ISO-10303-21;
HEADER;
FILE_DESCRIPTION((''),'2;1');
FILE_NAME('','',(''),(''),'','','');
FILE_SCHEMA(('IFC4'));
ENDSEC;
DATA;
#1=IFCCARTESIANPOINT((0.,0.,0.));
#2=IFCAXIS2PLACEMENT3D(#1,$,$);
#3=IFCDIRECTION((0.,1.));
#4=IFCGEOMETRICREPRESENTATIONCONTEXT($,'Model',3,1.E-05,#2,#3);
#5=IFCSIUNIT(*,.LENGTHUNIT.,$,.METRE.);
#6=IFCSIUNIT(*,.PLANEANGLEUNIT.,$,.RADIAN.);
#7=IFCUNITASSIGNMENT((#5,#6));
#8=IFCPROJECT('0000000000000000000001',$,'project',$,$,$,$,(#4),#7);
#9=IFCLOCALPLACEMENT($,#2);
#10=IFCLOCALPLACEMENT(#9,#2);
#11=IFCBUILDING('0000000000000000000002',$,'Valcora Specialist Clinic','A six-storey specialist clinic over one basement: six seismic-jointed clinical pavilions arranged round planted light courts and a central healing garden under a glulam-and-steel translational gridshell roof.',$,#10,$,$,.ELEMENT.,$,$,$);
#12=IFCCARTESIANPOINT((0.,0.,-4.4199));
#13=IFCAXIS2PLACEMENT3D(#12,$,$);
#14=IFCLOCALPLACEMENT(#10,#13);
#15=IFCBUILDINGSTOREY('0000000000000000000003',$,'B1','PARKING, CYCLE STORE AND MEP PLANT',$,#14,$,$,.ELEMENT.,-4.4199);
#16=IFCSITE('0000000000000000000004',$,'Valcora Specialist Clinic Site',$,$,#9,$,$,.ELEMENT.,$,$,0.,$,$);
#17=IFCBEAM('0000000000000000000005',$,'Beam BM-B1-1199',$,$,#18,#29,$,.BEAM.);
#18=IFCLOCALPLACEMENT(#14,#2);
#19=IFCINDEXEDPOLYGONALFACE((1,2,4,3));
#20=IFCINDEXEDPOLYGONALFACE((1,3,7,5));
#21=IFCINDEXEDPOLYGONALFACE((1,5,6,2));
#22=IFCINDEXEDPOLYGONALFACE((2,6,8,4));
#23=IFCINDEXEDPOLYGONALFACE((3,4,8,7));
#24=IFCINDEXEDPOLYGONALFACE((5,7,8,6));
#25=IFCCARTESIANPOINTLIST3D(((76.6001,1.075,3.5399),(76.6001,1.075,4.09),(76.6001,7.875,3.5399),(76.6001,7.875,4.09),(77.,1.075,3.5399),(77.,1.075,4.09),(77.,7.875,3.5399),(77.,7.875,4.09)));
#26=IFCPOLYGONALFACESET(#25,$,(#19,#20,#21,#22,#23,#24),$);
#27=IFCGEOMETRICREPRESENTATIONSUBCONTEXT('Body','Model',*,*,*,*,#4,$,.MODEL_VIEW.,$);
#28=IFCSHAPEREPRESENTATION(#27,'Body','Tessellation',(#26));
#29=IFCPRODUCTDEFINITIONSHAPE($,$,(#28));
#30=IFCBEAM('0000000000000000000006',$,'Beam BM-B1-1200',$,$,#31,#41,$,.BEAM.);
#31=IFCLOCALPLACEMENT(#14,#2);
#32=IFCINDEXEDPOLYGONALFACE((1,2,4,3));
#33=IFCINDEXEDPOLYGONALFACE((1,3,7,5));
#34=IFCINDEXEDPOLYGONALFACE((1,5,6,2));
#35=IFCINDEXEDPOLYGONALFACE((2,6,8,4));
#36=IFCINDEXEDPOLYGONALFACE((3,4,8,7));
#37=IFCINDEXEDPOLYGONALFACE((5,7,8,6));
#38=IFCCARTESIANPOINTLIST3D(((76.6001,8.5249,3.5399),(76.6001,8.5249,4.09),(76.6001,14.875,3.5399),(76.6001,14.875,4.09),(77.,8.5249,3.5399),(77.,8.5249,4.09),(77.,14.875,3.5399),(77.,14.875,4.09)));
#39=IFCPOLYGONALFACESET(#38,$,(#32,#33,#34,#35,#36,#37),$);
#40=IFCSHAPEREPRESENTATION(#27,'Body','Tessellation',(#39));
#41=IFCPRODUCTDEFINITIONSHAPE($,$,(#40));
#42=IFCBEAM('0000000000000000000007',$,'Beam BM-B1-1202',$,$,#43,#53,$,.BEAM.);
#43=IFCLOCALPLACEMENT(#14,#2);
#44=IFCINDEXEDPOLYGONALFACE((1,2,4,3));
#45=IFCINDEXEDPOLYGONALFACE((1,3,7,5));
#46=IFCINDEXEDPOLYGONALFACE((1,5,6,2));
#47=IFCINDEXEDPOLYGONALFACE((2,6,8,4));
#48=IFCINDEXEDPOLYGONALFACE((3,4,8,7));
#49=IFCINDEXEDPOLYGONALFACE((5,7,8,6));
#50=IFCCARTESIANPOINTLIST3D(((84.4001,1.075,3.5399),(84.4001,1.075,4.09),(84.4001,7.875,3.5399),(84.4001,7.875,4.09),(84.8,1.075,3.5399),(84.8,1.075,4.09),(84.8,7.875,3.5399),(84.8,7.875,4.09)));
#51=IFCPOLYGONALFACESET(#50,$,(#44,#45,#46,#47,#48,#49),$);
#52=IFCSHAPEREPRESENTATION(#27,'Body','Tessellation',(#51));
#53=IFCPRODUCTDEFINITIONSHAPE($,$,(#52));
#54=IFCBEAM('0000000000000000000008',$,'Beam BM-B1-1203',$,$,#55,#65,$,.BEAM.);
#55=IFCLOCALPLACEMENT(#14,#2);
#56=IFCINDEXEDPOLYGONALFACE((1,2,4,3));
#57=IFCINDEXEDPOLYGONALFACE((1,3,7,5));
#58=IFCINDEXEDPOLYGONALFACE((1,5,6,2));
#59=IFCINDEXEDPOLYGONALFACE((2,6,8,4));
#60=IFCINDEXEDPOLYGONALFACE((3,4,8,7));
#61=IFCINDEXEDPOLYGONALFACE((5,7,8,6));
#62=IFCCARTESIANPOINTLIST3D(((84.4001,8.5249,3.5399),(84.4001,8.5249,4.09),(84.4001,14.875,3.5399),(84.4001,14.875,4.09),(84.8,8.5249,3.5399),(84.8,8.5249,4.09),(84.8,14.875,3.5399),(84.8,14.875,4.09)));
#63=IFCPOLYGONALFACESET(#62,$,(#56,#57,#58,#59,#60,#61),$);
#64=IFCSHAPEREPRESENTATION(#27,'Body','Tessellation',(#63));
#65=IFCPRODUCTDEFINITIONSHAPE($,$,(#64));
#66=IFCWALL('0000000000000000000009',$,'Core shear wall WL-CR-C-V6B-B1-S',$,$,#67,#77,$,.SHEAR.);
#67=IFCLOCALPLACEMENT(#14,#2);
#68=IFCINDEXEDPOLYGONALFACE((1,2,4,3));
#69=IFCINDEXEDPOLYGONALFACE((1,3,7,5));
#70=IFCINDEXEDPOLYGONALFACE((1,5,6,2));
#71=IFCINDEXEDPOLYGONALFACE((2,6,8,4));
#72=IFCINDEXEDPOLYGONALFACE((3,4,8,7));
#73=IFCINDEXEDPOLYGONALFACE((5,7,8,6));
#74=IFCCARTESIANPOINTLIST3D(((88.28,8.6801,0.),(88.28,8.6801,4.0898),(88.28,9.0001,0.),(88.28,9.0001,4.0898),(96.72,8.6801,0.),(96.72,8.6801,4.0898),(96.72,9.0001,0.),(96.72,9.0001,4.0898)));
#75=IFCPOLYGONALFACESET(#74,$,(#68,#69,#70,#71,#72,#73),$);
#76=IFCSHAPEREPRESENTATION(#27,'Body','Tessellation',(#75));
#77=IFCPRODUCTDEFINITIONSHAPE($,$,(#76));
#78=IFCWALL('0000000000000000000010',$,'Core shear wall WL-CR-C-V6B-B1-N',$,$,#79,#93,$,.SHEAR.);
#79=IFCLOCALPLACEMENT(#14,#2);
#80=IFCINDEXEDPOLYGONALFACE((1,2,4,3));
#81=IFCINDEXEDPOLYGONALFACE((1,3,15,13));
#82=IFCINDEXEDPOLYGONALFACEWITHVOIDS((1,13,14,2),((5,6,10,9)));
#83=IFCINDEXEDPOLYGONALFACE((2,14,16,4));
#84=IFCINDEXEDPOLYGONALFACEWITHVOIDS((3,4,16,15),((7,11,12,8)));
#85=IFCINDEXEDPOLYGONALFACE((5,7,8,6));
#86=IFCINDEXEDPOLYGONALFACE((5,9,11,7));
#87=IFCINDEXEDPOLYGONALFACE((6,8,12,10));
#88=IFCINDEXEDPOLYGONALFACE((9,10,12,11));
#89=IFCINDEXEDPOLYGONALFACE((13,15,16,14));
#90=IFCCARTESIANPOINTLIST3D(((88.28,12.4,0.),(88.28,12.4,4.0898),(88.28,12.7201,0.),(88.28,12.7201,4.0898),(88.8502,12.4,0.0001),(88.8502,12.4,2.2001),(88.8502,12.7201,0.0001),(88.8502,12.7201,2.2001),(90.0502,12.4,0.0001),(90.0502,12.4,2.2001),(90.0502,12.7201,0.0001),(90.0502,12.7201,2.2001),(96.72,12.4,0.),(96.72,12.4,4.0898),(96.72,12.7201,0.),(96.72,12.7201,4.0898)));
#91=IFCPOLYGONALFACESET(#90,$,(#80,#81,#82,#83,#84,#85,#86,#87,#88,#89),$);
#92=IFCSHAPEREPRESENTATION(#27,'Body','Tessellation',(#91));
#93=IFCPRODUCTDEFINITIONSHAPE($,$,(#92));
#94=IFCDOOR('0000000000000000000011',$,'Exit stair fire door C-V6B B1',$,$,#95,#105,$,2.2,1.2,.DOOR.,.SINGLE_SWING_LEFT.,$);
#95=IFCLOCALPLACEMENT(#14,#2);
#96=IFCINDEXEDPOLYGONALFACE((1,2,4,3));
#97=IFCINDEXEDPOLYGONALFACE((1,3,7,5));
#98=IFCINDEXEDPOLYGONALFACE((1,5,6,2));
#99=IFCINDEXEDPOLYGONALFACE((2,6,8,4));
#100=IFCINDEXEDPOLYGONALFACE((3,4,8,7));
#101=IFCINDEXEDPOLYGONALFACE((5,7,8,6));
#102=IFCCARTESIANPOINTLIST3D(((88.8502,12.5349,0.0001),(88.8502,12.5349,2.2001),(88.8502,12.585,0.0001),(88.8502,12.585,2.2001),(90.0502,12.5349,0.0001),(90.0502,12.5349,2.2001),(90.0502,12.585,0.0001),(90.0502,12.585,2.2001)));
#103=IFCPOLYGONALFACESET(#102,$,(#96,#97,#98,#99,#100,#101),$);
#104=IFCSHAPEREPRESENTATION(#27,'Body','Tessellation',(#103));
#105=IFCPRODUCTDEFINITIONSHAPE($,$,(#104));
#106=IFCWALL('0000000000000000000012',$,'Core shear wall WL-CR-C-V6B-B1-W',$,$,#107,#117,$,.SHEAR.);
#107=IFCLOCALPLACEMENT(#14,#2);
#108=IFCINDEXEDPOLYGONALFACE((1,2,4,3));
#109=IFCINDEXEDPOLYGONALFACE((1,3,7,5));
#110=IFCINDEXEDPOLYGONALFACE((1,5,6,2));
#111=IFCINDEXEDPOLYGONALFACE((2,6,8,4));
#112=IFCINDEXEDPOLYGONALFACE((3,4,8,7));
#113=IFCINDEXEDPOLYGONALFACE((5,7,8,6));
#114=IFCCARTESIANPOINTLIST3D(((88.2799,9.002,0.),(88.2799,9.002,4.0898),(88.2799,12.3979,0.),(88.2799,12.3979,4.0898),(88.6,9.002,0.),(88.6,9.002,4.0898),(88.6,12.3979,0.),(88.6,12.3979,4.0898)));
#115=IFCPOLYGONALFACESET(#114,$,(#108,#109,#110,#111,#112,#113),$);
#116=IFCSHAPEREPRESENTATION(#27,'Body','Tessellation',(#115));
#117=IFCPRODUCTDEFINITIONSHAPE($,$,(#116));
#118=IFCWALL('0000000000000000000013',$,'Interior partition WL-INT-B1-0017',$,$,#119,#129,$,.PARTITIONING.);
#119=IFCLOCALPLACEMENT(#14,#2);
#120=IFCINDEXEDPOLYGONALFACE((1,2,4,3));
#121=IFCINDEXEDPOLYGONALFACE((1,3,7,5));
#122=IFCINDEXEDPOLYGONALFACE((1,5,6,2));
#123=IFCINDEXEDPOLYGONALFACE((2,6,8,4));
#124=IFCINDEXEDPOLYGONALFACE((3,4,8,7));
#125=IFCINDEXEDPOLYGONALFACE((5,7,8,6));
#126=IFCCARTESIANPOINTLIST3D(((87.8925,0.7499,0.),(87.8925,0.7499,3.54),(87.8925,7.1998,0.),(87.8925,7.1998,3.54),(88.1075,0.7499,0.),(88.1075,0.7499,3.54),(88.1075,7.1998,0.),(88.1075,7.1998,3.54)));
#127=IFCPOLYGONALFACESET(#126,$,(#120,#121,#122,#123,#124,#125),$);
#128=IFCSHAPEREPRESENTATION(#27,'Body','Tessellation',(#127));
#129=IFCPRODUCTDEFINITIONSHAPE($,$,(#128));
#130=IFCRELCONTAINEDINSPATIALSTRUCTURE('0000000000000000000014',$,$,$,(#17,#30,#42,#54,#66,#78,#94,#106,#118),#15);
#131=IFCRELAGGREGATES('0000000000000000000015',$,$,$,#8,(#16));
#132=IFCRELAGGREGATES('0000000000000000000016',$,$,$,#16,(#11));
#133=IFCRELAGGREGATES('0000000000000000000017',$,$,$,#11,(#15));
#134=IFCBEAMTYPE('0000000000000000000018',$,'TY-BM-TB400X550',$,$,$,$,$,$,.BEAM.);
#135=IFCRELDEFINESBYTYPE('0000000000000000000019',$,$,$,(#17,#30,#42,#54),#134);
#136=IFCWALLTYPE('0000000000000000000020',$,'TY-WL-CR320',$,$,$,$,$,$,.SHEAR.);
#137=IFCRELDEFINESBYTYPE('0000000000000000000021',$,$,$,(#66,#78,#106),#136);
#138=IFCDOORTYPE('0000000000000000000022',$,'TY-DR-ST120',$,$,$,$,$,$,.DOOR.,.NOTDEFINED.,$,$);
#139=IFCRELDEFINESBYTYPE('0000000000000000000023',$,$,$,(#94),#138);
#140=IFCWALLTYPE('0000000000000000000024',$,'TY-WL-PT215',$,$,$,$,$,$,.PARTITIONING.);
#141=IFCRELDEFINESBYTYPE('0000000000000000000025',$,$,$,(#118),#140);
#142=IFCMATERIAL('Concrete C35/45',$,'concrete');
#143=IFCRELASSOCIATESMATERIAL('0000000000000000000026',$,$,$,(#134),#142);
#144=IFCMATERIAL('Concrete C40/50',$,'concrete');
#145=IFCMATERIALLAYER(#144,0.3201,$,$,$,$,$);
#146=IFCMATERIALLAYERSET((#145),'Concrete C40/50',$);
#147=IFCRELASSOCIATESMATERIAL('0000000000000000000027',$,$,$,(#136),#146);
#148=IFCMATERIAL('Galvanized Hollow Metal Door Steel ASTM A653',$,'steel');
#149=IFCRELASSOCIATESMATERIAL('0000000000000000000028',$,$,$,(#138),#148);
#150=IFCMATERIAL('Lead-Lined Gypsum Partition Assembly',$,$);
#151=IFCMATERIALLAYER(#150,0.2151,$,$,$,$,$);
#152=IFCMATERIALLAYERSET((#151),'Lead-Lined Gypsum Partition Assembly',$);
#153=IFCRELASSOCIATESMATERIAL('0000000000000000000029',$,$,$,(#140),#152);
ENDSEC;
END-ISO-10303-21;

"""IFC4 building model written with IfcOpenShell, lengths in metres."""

from ifc_helpers import new_model, si_unit, direction, frame, frame_2d, origin, origin_2d, place, context, subcontext, project, spatial, rectangle, extrude, material, layer, layer_set, material_profile, profile_set, type_object, element, fill, save


model = new_model("IFC4")

# Units and contexts
model_context = context("Model", 3, precision=1e-05, world=origin(), true_north=direction((0.0, 1.0)))
body_context = subcontext(model_context, "Body", "Model", "MODEL_VIEW")
ifc_project = project(units=[si_unit("LENGTHUNIT", "METRE"), si_unit("PLANEANGLEUNIT", "RADIAN")], contexts=[model_context])

# Site, building, storey
site_placement = place(None, origin())
site = spatial("IfcSite", under=ifc_project, at=site_placement, Name="Valcora Specialist Clinic Site", CompositionType="ELEMENT", RefElevation=0.0)
building_placement = place(site_placement, origin())
building = spatial("IfcBuilding", under=site, at=building_placement, Name="Valcora Specialist Clinic", Description="A six-storey specialist clinic over one basement: six seismic-jointed clinical pavilions arranged round planted light courts and a central healing garden under a glulam-and-steel translational gridshell roof.", CompositionType="ELEMENT")
storey_placement = place(building_placement, frame((0.0, 0.0, -4.4199)))
storey = spatial("IfcBuildingStorey", under=building, at=storey_placement, Name="B1", Description="PARKING, CYCLE STORE AND MEP PLANT", CompositionType="ELEMENT", Elevation=-4.4199)

# Shared definitions
ifc_material_1 = material(Name="Concrete C35/45", Category="concrete")

# Shared definitions
ifc_material_2 = material(Name="Concrete C40/50", Category="concrete")

# Beams
ifc_material_profile_1 = material_profile(ifc_material_1, rectangle(XDim=0.3999, YDim=0.55, at=origin_2d()), Name="RC-TB-400X550")
ifc_profile_set_1 = profile_set([ifc_material_profile_1], Name="Concrete C35/45")
beam_type = type_object("IfcBeamType", Name="TY-BM-TB400X550", PredefinedType="BEAM", material=ifc_profile_set_1)
beam_1_placement = place(storey_placement, frame((76.8, 1.075, 3.8149), z_axis=(0.0, 1.0, 0.0), x_axis=(-1.0, 0.0, 0.0)))
element("IfcBeam", 1, at=beam_1_placement, inside=storey, type_object=beam_type, Name="Beam BM-B1-1199", PredefinedType="BEAM", context=body_context, shape_type="SweptSolid", body=[
    extrude(rectangle(XDim=0.3999, YDim=0.55, at=origin_2d()), origin(), (0.0, 0.0, 1.0), 6.8),
])
beam_2_placement = place(storey_placement, frame((76.8, 8.5249, 3.8149), z_axis=(0.0, 1.0, 0.0), x_axis=(-1.0, 0.0, 0.0)))
element("IfcBeam", 2, at=beam_2_placement, inside=storey, type_object=beam_type, Name="Beam BM-B1-1200", PredefinedType="BEAM", context=body_context, shape_type="SweptSolid", body=[
    extrude(rectangle(XDim=0.3999, YDim=0.55, at=origin_2d()), origin(), (0.0, 0.0, 1.0), 6.3501),
])
beam_3_placement = place(storey_placement, frame((84.6001, 1.075, 3.8149), z_axis=(0.0, 1.0, 0.0), x_axis=(-1.0, 0.0, 0.0)))
element("IfcBeam", 3, at=beam_3_placement, inside=storey, type_object=beam_type, Name="Beam BM-B1-1202", PredefinedType="BEAM", context=body_context, shape_type="SweptSolid", body=[
    extrude(rectangle(XDim=0.3999, YDim=0.55, at=origin_2d()), origin(), (0.0, 0.0, 1.0), 6.8),
])
beam_4_placement = place(storey_placement, frame((84.6001, 8.5249, 3.8149), z_axis=(0.0, 1.0, 0.0), x_axis=(-1.0, 0.0, 0.0)))
element("IfcBeam", 4, at=beam_4_placement, inside=storey, type_object=beam_type, Name="Beam BM-B1-1203", PredefinedType="BEAM", context=body_context, shape_type="SweptSolid", body=[
    extrude(rectangle(XDim=0.3999, YDim=0.55, at=origin_2d()), origin(), (0.0, 0.0, 1.0), 6.3501),
])

# Wall
ifc_layer_1 = layer(ifc_material_2, 0.3201)
ifc_layer_set_1 = layer_set([ifc_layer_1], Name="Concrete C40/50")
wall_type_1 = type_object("IfcWallType", Name="TY-WL-CR320", PredefinedType="SHEAR", material=ifc_layer_set_1)
wall_1_placement = place(storey_placement, frame((88.28, 8.8401, 0.0), z_axis=(0.0, 0.0, 1.0), x_axis=(1.0, 0.0, 0.0)))
element("IfcWall", 5, at=wall_1_placement, inside=storey, type_object=wall_type_1, Name="Core shear wall WL-CR-C-V6B-B1-S", PredefinedType="SHEAR", context=body_context, shape_type="SweptSolid", body=[
    extrude(rectangle(XDim=8.4399, YDim=0.3201, at=frame_2d((4.22, 0.0))), origin(), (0.0, 0.0, 1.0), 4.0898),
])

# Wall, opening, door
wall_2_placement = place(storey_placement, frame((88.28, 12.5601, 0.0), z_axis=(0.0, 0.0, 1.0), x_axis=(1.0, 0.0, 0.0)))
wall_2 = element("IfcWall", 6, at=wall_2_placement, inside=storey, type_object=wall_type_1, Name="Core shear wall WL-CR-C-V6B-B1-N", PredefinedType="SHEAR", context=body_context, shape_type="SweptSolid", body=[
    extrude(rectangle(XDim=8.4399, YDim=0.3201, at=frame_2d((4.22, 0.0))), origin(), (0.0, 0.0, 1.0), 4.0898),
])
opening_placement = place(wall_2_placement, frame((0.5701, 0.0, 0.0)))
opening = element("IfcOpeningElement", 7, at=opening_placement, cuts=wall_2, PredefinedType="OPENING", context=body_context, shape_type="SweptSolid", body=[
    extrude(rectangle(XDim=1.2, YDim=2.2, at=frame_2d((0.6001, 1.1001))), frame((0.0, 0.1699, 0.0), z_axis=(0.0, -1.0, 0.0), x_axis=(1.0, 0.0, 0.0)), (0.0, 0.0, 1.0), 0.3401),
])
ifc_material_3 = material(Name="Galvanized Hollow Metal Door Steel ASTM A653", Category="steel")
door_type = type_object("IfcDoorType", Name="TY-DR-ST120", OperationType="NOTDEFINED", PredefinedType="DOOR", material=ifc_material_3)
door_placement = place(opening_placement, origin())
door = element("IfcDoor", 8, at=door_placement, inside=storey, type_object=door_type, Name="Exit stair fire door C-V6B B1", OperationType="SINGLE_SWING_LEFT", OverallHeight=2.2, OverallWidth=1.2, PredefinedType="DOOR", context=body_context, shape_type="SweptSolid", body=[
    extrude(rectangle(XDim=1.2, YDim=2.2, at=frame_2d((0.6001, 1.1001))), frame((0.0, 0.0249, 0.0), z_axis=(0.0, -1.0, 0.0), x_axis=(1.0, 0.0, 0.0)), (0.0, 0.0, 1.0), 0.05),
])
fill(opening, door)

# Walls
wall_3_placement = place(storey_placement, frame((88.4399, 9.002, 0.0), z_axis=(0.0, 0.0, 1.0), x_axis=(0.0, 1.0, 0.0)))
element("IfcWall", 9, at=wall_3_placement, inside=storey, type_object=wall_type_1, Name="Core shear wall WL-CR-C-V6B-B1-W", PredefinedType="SHEAR", context=body_context, shape_type="SweptSolid", body=[
    extrude(rectangle(XDim=3.396, YDim=0.3201, at=frame_2d((1.698, 0.0))), origin(), (0.0, 0.0, 1.0), 4.0898),
])
ifc_material_4 = material(Name="Lead-Lined Gypsum Partition Assembly")
ifc_layer_2 = layer(ifc_material_4, 0.2151)
ifc_layer_set_2 = layer_set([ifc_layer_2], Name="Lead-Lined Gypsum Partition Assembly")
wall_type_2 = type_object("IfcWallType", Name="TY-WL-PT215", PredefinedType="PARTITIONING", material=ifc_layer_set_2)
wall_4_placement = place(storey_placement, frame((88.0, 7.2, 0.0), z_axis=(0.0, 0.0, 1.0), x_axis=(0.0, -1.0, 0.0)))
element("IfcWall", 10, at=wall_4_placement, inside=storey, type_object=wall_type_2, Name="Interior partition WL-INT-B1-0017", PredefinedType="PARTITIONING", context=body_context, shape_type="SweptSolid", body=[
    extrude(rectangle(XDim=6.45, YDim=0.2151, at=frame_2d((3.2251, 0.0))), origin(), (0.0, 0.0, 1.0), 3.54),
])

save(model, "model.ifc")
